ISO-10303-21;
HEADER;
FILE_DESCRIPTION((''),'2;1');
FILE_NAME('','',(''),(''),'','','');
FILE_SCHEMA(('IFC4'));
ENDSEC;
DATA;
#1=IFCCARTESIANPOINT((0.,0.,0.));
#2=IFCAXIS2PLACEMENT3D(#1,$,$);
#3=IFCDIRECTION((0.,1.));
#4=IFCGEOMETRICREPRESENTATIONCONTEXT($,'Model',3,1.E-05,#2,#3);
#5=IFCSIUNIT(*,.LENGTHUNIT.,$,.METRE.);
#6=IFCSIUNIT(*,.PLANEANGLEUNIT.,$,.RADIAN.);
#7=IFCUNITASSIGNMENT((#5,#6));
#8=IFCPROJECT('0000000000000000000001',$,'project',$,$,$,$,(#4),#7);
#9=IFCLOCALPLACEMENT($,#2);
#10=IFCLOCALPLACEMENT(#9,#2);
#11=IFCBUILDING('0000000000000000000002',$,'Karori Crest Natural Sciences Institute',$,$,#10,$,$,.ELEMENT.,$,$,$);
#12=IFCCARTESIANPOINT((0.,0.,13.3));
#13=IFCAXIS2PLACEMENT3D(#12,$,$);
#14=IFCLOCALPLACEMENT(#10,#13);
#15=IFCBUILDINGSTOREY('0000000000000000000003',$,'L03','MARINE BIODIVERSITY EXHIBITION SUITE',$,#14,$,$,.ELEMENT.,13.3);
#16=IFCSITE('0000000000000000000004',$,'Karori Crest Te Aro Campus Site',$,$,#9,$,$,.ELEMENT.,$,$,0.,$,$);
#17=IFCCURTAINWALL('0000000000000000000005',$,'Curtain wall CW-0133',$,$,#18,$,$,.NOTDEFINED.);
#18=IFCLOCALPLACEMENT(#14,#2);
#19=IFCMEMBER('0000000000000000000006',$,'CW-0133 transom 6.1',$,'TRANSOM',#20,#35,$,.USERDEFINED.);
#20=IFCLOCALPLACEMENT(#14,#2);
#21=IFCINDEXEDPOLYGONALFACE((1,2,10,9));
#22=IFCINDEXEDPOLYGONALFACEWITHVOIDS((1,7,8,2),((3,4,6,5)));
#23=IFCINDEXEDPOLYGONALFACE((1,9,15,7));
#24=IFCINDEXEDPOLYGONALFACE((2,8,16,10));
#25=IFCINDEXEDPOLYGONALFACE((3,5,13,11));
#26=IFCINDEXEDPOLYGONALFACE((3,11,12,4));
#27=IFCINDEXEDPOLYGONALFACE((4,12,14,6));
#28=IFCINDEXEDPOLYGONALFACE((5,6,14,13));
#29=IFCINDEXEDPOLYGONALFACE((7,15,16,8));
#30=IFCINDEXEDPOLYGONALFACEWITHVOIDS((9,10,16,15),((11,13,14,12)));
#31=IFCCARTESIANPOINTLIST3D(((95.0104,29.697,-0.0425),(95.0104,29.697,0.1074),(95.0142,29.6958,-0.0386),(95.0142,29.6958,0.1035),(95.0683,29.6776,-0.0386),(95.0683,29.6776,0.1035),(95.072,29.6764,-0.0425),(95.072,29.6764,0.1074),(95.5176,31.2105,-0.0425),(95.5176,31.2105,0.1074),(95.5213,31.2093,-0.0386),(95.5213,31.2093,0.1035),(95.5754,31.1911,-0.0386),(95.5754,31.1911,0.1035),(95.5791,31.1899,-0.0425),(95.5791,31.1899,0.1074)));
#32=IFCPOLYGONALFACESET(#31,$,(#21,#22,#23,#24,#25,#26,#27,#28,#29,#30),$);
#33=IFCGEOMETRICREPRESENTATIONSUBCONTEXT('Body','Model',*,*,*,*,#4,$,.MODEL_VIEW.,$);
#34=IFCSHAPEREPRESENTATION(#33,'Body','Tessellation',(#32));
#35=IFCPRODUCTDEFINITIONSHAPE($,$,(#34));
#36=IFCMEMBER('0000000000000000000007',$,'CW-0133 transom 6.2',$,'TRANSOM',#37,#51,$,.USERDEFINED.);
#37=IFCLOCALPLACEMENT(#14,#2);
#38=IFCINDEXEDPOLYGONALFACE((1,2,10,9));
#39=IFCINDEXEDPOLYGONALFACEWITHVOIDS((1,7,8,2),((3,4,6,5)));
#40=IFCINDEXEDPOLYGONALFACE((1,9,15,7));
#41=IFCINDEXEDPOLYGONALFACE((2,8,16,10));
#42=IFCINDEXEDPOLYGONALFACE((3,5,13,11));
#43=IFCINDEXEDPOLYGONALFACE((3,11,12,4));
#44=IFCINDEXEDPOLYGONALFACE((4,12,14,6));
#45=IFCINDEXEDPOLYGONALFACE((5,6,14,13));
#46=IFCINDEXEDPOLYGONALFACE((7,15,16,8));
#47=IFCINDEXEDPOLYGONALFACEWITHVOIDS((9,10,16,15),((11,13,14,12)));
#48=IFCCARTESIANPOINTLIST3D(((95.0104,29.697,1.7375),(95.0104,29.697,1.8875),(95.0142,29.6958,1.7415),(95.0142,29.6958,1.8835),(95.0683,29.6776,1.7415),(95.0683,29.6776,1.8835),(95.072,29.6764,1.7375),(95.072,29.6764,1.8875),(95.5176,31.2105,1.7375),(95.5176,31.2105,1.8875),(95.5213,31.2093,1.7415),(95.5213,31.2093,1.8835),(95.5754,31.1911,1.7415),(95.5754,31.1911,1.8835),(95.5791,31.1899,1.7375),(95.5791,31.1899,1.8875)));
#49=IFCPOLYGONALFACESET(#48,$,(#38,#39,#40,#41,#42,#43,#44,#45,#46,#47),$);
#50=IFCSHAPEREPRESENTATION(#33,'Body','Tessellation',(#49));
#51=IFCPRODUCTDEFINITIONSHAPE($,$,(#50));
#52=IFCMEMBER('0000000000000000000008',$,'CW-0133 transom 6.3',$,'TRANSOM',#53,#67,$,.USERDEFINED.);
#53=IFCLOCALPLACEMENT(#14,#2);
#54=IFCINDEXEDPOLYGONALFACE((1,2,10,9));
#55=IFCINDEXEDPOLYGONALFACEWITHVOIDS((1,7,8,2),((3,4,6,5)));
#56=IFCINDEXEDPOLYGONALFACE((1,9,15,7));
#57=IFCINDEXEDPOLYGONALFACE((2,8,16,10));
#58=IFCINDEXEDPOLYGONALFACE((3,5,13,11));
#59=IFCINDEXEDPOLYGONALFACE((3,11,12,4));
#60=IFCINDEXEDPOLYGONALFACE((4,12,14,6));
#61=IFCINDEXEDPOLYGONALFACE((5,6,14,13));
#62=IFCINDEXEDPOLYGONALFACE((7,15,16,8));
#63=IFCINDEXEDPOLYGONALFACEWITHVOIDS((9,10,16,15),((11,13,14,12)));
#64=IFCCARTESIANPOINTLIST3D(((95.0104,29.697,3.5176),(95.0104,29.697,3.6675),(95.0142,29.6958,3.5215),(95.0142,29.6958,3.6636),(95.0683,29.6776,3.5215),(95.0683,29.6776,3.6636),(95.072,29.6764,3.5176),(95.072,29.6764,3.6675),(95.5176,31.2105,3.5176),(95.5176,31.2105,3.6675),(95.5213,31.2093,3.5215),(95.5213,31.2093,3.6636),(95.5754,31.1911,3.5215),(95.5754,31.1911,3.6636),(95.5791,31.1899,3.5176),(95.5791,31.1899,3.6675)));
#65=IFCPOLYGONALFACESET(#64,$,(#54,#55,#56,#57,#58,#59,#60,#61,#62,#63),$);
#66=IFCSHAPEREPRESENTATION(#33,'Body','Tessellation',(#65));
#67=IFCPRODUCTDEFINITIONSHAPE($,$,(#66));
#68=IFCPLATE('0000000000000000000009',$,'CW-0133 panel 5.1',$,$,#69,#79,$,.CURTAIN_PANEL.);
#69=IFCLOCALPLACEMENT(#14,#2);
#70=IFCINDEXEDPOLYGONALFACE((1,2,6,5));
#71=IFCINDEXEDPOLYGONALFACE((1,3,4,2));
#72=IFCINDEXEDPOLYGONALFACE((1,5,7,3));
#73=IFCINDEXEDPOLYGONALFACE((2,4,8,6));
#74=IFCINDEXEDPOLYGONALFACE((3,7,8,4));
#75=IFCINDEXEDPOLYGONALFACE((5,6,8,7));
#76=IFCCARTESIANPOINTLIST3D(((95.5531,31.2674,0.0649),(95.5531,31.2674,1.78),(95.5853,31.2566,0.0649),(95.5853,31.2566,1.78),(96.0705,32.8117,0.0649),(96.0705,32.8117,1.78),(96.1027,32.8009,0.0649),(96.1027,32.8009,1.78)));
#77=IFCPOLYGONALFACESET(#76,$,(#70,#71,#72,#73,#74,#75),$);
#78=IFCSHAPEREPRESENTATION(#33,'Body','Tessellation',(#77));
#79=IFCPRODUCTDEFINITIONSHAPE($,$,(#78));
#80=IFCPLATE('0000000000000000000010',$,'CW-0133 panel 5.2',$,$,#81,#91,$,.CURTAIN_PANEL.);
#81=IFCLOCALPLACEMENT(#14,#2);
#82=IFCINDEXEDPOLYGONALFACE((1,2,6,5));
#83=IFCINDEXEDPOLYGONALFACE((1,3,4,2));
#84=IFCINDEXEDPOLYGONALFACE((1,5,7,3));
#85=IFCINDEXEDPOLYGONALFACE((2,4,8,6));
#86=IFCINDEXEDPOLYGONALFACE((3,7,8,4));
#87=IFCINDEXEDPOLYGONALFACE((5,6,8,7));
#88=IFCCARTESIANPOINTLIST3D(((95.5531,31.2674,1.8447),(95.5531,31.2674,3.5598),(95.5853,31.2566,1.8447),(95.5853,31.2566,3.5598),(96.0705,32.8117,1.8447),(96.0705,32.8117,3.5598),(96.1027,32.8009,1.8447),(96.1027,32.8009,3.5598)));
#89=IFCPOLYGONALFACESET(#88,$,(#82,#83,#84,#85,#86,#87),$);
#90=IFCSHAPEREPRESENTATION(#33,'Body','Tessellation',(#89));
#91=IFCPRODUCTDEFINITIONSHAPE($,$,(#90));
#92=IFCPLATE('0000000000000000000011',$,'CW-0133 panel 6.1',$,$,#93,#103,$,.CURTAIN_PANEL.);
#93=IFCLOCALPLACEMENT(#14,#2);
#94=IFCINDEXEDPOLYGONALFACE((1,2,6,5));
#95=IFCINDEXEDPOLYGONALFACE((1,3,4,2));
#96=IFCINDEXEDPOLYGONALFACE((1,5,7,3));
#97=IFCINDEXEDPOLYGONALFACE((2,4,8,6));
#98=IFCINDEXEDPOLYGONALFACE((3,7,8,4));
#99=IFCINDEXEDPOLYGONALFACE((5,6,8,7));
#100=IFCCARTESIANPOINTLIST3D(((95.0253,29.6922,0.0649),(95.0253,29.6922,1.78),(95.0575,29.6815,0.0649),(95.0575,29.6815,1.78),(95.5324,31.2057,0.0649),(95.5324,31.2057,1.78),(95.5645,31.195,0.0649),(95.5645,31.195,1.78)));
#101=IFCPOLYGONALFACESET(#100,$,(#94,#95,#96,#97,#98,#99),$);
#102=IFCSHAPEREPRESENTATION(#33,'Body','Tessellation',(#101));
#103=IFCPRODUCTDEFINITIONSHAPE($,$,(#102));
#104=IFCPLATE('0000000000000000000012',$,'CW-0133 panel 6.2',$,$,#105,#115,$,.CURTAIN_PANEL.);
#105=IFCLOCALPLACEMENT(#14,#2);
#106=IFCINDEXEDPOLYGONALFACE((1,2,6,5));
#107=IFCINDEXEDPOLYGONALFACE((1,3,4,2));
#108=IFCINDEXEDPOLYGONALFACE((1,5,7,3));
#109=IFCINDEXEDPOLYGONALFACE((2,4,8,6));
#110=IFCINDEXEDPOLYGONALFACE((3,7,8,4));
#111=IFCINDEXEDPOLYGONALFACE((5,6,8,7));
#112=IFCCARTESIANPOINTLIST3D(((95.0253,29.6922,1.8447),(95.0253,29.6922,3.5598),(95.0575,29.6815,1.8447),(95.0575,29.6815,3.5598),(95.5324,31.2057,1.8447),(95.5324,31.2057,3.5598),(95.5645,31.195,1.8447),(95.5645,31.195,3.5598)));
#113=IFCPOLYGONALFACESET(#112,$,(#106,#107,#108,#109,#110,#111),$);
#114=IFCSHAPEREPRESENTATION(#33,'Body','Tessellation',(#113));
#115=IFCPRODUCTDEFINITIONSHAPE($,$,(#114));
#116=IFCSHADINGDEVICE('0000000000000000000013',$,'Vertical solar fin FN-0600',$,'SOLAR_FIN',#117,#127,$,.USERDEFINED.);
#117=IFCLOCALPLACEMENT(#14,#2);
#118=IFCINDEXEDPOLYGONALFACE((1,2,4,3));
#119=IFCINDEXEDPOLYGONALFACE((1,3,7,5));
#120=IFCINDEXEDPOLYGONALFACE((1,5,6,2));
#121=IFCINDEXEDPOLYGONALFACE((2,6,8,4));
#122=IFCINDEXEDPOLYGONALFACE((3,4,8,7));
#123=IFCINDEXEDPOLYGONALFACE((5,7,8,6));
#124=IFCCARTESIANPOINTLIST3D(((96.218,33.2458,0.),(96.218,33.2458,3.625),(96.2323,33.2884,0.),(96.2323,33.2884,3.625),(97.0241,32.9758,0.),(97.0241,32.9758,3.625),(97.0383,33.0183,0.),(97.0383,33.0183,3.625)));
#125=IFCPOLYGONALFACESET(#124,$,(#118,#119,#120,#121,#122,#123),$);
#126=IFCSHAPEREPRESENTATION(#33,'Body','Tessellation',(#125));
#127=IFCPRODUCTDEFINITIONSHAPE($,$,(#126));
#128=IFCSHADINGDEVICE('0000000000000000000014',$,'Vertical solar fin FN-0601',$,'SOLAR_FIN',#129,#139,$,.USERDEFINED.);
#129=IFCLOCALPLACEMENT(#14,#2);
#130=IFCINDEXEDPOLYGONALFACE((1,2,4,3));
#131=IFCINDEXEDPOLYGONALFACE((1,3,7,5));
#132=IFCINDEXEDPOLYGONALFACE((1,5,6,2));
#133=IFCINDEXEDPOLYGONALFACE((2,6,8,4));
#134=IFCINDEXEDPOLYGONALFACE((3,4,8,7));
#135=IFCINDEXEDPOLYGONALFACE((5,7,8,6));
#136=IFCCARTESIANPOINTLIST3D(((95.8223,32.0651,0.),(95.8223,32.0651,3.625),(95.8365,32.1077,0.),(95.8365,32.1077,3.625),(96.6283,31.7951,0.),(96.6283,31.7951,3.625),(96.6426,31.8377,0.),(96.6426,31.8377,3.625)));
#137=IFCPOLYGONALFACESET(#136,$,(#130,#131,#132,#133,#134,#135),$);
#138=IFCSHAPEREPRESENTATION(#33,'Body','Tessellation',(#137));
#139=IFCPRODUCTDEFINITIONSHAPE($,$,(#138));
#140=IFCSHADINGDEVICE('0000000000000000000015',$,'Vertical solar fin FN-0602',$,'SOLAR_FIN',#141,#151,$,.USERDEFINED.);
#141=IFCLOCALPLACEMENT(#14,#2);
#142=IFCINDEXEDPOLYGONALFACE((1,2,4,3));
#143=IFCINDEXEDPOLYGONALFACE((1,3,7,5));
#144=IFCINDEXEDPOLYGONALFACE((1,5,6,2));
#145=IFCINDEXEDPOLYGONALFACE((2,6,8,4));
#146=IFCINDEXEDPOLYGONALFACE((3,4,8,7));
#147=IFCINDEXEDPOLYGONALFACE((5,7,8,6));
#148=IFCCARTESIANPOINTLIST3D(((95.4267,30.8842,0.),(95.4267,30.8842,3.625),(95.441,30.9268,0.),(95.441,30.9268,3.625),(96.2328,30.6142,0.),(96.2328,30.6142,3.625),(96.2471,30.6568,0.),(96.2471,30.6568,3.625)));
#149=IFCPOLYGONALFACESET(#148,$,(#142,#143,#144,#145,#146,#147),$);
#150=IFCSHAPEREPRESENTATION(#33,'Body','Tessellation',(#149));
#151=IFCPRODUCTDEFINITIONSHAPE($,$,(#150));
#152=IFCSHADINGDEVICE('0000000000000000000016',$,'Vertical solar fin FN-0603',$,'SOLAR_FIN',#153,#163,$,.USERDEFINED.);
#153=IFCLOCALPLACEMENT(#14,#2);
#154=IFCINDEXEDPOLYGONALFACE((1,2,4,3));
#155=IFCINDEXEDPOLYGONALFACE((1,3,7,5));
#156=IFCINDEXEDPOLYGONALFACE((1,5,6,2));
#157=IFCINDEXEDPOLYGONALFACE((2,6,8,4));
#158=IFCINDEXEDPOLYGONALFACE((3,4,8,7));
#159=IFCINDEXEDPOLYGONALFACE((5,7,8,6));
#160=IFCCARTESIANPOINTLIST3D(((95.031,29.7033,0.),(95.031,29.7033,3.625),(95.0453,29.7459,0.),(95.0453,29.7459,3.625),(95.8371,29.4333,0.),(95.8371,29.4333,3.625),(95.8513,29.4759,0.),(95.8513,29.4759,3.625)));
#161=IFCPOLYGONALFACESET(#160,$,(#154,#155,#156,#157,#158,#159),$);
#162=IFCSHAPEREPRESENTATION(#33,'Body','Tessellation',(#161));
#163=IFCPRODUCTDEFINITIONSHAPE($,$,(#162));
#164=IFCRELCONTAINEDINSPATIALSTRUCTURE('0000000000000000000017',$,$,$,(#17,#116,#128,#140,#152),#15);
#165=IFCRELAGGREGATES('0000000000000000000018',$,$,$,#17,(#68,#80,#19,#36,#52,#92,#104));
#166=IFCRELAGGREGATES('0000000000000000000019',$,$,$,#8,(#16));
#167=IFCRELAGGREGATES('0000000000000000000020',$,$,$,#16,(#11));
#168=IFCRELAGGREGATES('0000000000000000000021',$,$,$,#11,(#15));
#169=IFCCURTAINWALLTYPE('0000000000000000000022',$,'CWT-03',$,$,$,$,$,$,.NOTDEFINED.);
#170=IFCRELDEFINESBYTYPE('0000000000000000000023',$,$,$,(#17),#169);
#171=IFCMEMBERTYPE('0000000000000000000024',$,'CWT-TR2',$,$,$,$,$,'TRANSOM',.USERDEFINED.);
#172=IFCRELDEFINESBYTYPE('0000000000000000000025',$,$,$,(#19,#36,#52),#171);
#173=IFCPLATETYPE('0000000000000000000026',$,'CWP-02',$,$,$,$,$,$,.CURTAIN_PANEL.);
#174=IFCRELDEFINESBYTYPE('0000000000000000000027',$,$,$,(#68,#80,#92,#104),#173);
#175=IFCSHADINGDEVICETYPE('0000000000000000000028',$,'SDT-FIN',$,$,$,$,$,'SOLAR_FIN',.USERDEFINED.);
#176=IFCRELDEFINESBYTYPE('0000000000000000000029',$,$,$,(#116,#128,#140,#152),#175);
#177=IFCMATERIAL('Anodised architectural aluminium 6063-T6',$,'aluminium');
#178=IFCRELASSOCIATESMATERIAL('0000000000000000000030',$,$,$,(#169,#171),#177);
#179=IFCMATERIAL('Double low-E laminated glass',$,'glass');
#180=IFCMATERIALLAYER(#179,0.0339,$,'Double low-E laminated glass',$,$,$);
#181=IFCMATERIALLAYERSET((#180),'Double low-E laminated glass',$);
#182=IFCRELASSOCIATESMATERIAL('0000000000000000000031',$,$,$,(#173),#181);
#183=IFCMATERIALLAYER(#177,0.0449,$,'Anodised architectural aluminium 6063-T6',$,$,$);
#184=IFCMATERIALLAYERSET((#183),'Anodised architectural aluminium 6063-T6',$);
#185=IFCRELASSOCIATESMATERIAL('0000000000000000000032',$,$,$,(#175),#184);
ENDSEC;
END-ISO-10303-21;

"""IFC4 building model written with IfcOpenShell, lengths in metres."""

from ifc_helpers import new_model, si_unit, direction, frame, origin, origin_2d, place, context, subcontext, project, spatial, rectangle, hollow_rectangle, extrude, material, layer, layer_set, material_profile, profile_set, type_object, element, aggregate, save


model = new_model("IFC4")

# Units and contexts
model_context = context("Model", 3, precision=1e-05, world=origin(), true_north=direction((0.0, 1.0)))
body_context = subcontext(model_context, "Body", "Model", "MODEL_VIEW")
ifc_project = project(units=[si_unit("LENGTHUNIT", "METRE"), si_unit("PLANEANGLEUNIT", "RADIAN")], contexts=[model_context])

# Site, building, storey
site_placement = place(None, origin())
site = spatial("IfcSite", under=ifc_project, at=site_placement, Name="Karori Crest Te Aro Campus Site", CompositionType="ELEMENT", RefElevation=0.0)
building_placement = place(site_placement, origin())
building = spatial("IfcBuilding", under=site, at=building_placement, Name="Karori Crest Natural Sciences Institute", CompositionType="ELEMENT")
storey_placement = place(building_placement, frame((0.0, 0.0, 13.3)))
storey = spatial("IfcBuildingStorey", under=building, at=storey_placement, Name="L03", Description="MARINE BIODIVERSITY EXHIBITION SUITE", CompositionType="ELEMENT", Elevation=13.3)

# Curtain wall, members, plates
ifc_material_1 = material(Name="Anodised architectural aluminium 6063-T6", Category="aluminium")
curtain_wall_type = type_object("IfcCurtainWallType", Name="CWT-03", PredefinedType="NOTDEFINED", material=ifc_material_1)
curtain_wall_placement = place(storey_placement, origin())
curtain_wall = element("IfcCurtainWall", 1, at=curtain_wall_placement, inside=storey, type_object=curtain_wall_type, Name="Curtain wall CW-0133", PredefinedType="NOTDEFINED")
ifc_material_profile_1 = material_profile(ifc_material_1, hollow_rectangle(XDim=0.0649, YDim=0.1499, WallThickness=0.0039, at=origin_2d()), Name="CWT150x65x4")
ifc_profile_set_1 = profile_set([ifc_material_profile_1], Name="Anodised architectural aluminium 6063-T6")
member_type_1 = type_object("IfcMemberType", Name="CWT-TR2", ElementType="TRANSOM", PredefinedType="USERDEFINED", material=ifc_profile_set_1)
member_1_placement = place(storey_placement, frame((95.5483, 31.2002, 0.0325), z_axis=(-0.317696, -0.948193, 0.0), x_axis=(0.948193, -0.317696, 0.0)))
member_1 = element("IfcMember", 2, at=member_1_placement, type_object=member_type_1, Name="CW-0133 transom 6.1", ObjectType="TRANSOM", PredefinedType="USERDEFINED", context=body_context, shape_type="SweptSolid", body=[
    extrude(hollow_rectangle(XDim=0.0649, YDim=0.1499, WallThickness=0.0039, at=origin_2d()), origin(), (0.0, 0.0, 1.0), 1.5962),
])
member_2_placement = place(storey_placement, frame((95.5483, 31.2002, 1.8125), z_axis=(-0.317696, -0.948193, 0.0), x_axis=(0.948193, -0.317696, 0.0)))
member_2 = element("IfcMember", 3, at=member_2_placement, type_object=member_type_1, Name="CW-0133 transom 6.2", ObjectType="TRANSOM", PredefinedType="USERDEFINED", context=body_context, shape_type="SweptSolid", body=[
    extrude(hollow_rectangle(XDim=0.0649, YDim=0.1499, WallThickness=0.0039, at=origin_2d()), origin(), (0.0, 0.0, 1.0), 1.5962),
])
member_3_placement = place(storey_placement, frame((95.5483, 31.2002, 3.5925), z_axis=(-0.317696, -0.948193, 0.0), x_axis=(0.948193, -0.317696, 0.0)))
member_3 = element("IfcMember", 4, at=member_3_placement, type_object=member_type_1, Name="CW-0133 transom 6.3", ObjectType="TRANSOM", PredefinedType="USERDEFINED", context=body_context, shape_type="SweptSolid", body=[
    extrude(hollow_rectangle(XDim=0.0649, YDim=0.1499, WallThickness=0.0039, at=origin_2d()), origin(), (0.0, 0.0, 1.0), 1.5962),
])
ifc_material_2 = material(Name="Double low-E laminated glass", Category="glass")
ifc_layer_1 = layer(ifc_material_2, 0.0339, Name="Double low-E laminated glass")
ifc_layer_set_1 = layer_set([ifc_layer_1], Name="Double low-E laminated glass")
plate_type = type_object("IfcPlateType", Name="CWP-02", PredefinedType="CURTAIN_PANEL", material=ifc_layer_set_1)
plate_1_placement = place(storey_placement, frame((95.8279, 32.0342, 0.0649), z_axis=(0.0, 0.0, 1.0), x_axis=(-0.31768, -0.948198, 0.0)))
plate_1 = element("IfcPlate", 5, at=plate_1_placement, type_object=plate_type, Name="CW-0133 panel 5.1", PredefinedType="CURTAIN_PANEL", context=body_context, shape_type="SweptSolid", body=[
    extrude(rectangle(XDim=1.6287, YDim=0.0339, at=origin_2d()), origin(), (0.0, 0.0, 1.0), 1.7151),
])
plate_2_placement = place(storey_placement, frame((95.8279, 32.0342, 1.8447), z_axis=(0.0, 0.0, 1.0), x_axis=(-0.31768, -0.948198, 0.0)))
plate_2 = element("IfcPlate", 6, at=plate_2_placement, type_object=plate_type, Name="CW-0133 panel 5.2", PredefinedType="CURTAIN_PANEL", context=body_context, shape_type="SweptSolid", body=[
    extrude(rectangle(XDim=1.6287, YDim=0.0339, at=origin_2d()), origin(), (0.0, 0.0, 1.0), 1.7151),
])
plate_3_placement = place(storey_placement, frame((95.2949, 30.4436, 0.0649), z_axis=(0.0, 0.0, 1.0), x_axis=(-0.31768, -0.948198, 0.0)))
plate_3 = element("IfcPlate", 7, at=plate_3_placement, type_object=plate_type, Name="CW-0133 panel 6.1", PredefinedType="CURTAIN_PANEL", context=body_context, shape_type="SweptSolid", body=[
    extrude(rectangle(XDim=1.5962, YDim=0.0339, at=origin_2d()), origin(), (0.0, 0.0, 1.0), 1.7151),
])
plate_4_placement = place(storey_placement, frame((95.2949, 30.4436, 1.8447), z_axis=(0.0, 0.0, 1.0), x_axis=(-0.31768, -0.948198, 0.0)))
plate_4 = element("IfcPlate", 8, at=plate_4_placement, type_object=plate_type, Name="CW-0133 panel 6.2", PredefinedType="CURTAIN_PANEL", context=body_context, shape_type="SweptSolid", body=[
    extrude(rectangle(XDim=1.5962, YDim=0.0339, at=origin_2d()), origin(), (0.0, 0.0, 1.0), 1.7151),
])
aggregate(curtain_wall, [plate_1, plate_2, member_1, member_2, member_3, plate_3, plate_4])

# Shading devices
ifc_layer_2 = layer(ifc_material_1, 0.0449, Name="Anodised architectural aluminium 6063-T6")
ifc_layer_set_2 = layer_set([ifc_layer_2], Name="Anodised architectural aluminium 6063-T6")
shading_device_type = type_object("IfcShadingDeviceType", Name="SDT-FIN", ElementType="SOLAR_FIN", PredefinedType="USERDEFINED", material=ifc_layer_set_2)
for number, where, z_axis, x_axis, name in (
    (9, (96.6282, 33.1321, 0.0), (0.0, 0.0, 1.0), (0.948198, -0.31768, 0.0), "Vertical solar fin FN-0600"),
    (10, (96.2324, 31.9514, 0.0), (0.0, 0.0, 1.0), (0.948198, -0.31768, 0.0), "Vertical solar fin FN-0601"),
    (11, (95.8369, 30.7705, 0.0), (0.0, 0.0, 1.0), (0.948198, -0.31768, 0.0), "Vertical solar fin FN-0602"),
    (12, (95.4412, 29.5896, 0.0), (0.0, 0.0, 1.0), (0.948198, -0.31768, 0.0), "Vertical solar fin FN-0603"),
):
    element("IfcShadingDevice", number, at=place(storey_placement, frame(where, z_axis=z_axis, x_axis=x_axis)), inside=storey, type_object=shading_device_type, Name=name, ObjectType="SOLAR_FIN", PredefinedType="USERDEFINED", context=body_context, shape_type="SweptSolid", body=[
        extrude(rectangle(XDim=0.8501, YDim=0.0449, at=origin_2d()), origin(), (0.0, 0.0, 1.0), 3.625),
    ])

save(model, "model.ifc")
